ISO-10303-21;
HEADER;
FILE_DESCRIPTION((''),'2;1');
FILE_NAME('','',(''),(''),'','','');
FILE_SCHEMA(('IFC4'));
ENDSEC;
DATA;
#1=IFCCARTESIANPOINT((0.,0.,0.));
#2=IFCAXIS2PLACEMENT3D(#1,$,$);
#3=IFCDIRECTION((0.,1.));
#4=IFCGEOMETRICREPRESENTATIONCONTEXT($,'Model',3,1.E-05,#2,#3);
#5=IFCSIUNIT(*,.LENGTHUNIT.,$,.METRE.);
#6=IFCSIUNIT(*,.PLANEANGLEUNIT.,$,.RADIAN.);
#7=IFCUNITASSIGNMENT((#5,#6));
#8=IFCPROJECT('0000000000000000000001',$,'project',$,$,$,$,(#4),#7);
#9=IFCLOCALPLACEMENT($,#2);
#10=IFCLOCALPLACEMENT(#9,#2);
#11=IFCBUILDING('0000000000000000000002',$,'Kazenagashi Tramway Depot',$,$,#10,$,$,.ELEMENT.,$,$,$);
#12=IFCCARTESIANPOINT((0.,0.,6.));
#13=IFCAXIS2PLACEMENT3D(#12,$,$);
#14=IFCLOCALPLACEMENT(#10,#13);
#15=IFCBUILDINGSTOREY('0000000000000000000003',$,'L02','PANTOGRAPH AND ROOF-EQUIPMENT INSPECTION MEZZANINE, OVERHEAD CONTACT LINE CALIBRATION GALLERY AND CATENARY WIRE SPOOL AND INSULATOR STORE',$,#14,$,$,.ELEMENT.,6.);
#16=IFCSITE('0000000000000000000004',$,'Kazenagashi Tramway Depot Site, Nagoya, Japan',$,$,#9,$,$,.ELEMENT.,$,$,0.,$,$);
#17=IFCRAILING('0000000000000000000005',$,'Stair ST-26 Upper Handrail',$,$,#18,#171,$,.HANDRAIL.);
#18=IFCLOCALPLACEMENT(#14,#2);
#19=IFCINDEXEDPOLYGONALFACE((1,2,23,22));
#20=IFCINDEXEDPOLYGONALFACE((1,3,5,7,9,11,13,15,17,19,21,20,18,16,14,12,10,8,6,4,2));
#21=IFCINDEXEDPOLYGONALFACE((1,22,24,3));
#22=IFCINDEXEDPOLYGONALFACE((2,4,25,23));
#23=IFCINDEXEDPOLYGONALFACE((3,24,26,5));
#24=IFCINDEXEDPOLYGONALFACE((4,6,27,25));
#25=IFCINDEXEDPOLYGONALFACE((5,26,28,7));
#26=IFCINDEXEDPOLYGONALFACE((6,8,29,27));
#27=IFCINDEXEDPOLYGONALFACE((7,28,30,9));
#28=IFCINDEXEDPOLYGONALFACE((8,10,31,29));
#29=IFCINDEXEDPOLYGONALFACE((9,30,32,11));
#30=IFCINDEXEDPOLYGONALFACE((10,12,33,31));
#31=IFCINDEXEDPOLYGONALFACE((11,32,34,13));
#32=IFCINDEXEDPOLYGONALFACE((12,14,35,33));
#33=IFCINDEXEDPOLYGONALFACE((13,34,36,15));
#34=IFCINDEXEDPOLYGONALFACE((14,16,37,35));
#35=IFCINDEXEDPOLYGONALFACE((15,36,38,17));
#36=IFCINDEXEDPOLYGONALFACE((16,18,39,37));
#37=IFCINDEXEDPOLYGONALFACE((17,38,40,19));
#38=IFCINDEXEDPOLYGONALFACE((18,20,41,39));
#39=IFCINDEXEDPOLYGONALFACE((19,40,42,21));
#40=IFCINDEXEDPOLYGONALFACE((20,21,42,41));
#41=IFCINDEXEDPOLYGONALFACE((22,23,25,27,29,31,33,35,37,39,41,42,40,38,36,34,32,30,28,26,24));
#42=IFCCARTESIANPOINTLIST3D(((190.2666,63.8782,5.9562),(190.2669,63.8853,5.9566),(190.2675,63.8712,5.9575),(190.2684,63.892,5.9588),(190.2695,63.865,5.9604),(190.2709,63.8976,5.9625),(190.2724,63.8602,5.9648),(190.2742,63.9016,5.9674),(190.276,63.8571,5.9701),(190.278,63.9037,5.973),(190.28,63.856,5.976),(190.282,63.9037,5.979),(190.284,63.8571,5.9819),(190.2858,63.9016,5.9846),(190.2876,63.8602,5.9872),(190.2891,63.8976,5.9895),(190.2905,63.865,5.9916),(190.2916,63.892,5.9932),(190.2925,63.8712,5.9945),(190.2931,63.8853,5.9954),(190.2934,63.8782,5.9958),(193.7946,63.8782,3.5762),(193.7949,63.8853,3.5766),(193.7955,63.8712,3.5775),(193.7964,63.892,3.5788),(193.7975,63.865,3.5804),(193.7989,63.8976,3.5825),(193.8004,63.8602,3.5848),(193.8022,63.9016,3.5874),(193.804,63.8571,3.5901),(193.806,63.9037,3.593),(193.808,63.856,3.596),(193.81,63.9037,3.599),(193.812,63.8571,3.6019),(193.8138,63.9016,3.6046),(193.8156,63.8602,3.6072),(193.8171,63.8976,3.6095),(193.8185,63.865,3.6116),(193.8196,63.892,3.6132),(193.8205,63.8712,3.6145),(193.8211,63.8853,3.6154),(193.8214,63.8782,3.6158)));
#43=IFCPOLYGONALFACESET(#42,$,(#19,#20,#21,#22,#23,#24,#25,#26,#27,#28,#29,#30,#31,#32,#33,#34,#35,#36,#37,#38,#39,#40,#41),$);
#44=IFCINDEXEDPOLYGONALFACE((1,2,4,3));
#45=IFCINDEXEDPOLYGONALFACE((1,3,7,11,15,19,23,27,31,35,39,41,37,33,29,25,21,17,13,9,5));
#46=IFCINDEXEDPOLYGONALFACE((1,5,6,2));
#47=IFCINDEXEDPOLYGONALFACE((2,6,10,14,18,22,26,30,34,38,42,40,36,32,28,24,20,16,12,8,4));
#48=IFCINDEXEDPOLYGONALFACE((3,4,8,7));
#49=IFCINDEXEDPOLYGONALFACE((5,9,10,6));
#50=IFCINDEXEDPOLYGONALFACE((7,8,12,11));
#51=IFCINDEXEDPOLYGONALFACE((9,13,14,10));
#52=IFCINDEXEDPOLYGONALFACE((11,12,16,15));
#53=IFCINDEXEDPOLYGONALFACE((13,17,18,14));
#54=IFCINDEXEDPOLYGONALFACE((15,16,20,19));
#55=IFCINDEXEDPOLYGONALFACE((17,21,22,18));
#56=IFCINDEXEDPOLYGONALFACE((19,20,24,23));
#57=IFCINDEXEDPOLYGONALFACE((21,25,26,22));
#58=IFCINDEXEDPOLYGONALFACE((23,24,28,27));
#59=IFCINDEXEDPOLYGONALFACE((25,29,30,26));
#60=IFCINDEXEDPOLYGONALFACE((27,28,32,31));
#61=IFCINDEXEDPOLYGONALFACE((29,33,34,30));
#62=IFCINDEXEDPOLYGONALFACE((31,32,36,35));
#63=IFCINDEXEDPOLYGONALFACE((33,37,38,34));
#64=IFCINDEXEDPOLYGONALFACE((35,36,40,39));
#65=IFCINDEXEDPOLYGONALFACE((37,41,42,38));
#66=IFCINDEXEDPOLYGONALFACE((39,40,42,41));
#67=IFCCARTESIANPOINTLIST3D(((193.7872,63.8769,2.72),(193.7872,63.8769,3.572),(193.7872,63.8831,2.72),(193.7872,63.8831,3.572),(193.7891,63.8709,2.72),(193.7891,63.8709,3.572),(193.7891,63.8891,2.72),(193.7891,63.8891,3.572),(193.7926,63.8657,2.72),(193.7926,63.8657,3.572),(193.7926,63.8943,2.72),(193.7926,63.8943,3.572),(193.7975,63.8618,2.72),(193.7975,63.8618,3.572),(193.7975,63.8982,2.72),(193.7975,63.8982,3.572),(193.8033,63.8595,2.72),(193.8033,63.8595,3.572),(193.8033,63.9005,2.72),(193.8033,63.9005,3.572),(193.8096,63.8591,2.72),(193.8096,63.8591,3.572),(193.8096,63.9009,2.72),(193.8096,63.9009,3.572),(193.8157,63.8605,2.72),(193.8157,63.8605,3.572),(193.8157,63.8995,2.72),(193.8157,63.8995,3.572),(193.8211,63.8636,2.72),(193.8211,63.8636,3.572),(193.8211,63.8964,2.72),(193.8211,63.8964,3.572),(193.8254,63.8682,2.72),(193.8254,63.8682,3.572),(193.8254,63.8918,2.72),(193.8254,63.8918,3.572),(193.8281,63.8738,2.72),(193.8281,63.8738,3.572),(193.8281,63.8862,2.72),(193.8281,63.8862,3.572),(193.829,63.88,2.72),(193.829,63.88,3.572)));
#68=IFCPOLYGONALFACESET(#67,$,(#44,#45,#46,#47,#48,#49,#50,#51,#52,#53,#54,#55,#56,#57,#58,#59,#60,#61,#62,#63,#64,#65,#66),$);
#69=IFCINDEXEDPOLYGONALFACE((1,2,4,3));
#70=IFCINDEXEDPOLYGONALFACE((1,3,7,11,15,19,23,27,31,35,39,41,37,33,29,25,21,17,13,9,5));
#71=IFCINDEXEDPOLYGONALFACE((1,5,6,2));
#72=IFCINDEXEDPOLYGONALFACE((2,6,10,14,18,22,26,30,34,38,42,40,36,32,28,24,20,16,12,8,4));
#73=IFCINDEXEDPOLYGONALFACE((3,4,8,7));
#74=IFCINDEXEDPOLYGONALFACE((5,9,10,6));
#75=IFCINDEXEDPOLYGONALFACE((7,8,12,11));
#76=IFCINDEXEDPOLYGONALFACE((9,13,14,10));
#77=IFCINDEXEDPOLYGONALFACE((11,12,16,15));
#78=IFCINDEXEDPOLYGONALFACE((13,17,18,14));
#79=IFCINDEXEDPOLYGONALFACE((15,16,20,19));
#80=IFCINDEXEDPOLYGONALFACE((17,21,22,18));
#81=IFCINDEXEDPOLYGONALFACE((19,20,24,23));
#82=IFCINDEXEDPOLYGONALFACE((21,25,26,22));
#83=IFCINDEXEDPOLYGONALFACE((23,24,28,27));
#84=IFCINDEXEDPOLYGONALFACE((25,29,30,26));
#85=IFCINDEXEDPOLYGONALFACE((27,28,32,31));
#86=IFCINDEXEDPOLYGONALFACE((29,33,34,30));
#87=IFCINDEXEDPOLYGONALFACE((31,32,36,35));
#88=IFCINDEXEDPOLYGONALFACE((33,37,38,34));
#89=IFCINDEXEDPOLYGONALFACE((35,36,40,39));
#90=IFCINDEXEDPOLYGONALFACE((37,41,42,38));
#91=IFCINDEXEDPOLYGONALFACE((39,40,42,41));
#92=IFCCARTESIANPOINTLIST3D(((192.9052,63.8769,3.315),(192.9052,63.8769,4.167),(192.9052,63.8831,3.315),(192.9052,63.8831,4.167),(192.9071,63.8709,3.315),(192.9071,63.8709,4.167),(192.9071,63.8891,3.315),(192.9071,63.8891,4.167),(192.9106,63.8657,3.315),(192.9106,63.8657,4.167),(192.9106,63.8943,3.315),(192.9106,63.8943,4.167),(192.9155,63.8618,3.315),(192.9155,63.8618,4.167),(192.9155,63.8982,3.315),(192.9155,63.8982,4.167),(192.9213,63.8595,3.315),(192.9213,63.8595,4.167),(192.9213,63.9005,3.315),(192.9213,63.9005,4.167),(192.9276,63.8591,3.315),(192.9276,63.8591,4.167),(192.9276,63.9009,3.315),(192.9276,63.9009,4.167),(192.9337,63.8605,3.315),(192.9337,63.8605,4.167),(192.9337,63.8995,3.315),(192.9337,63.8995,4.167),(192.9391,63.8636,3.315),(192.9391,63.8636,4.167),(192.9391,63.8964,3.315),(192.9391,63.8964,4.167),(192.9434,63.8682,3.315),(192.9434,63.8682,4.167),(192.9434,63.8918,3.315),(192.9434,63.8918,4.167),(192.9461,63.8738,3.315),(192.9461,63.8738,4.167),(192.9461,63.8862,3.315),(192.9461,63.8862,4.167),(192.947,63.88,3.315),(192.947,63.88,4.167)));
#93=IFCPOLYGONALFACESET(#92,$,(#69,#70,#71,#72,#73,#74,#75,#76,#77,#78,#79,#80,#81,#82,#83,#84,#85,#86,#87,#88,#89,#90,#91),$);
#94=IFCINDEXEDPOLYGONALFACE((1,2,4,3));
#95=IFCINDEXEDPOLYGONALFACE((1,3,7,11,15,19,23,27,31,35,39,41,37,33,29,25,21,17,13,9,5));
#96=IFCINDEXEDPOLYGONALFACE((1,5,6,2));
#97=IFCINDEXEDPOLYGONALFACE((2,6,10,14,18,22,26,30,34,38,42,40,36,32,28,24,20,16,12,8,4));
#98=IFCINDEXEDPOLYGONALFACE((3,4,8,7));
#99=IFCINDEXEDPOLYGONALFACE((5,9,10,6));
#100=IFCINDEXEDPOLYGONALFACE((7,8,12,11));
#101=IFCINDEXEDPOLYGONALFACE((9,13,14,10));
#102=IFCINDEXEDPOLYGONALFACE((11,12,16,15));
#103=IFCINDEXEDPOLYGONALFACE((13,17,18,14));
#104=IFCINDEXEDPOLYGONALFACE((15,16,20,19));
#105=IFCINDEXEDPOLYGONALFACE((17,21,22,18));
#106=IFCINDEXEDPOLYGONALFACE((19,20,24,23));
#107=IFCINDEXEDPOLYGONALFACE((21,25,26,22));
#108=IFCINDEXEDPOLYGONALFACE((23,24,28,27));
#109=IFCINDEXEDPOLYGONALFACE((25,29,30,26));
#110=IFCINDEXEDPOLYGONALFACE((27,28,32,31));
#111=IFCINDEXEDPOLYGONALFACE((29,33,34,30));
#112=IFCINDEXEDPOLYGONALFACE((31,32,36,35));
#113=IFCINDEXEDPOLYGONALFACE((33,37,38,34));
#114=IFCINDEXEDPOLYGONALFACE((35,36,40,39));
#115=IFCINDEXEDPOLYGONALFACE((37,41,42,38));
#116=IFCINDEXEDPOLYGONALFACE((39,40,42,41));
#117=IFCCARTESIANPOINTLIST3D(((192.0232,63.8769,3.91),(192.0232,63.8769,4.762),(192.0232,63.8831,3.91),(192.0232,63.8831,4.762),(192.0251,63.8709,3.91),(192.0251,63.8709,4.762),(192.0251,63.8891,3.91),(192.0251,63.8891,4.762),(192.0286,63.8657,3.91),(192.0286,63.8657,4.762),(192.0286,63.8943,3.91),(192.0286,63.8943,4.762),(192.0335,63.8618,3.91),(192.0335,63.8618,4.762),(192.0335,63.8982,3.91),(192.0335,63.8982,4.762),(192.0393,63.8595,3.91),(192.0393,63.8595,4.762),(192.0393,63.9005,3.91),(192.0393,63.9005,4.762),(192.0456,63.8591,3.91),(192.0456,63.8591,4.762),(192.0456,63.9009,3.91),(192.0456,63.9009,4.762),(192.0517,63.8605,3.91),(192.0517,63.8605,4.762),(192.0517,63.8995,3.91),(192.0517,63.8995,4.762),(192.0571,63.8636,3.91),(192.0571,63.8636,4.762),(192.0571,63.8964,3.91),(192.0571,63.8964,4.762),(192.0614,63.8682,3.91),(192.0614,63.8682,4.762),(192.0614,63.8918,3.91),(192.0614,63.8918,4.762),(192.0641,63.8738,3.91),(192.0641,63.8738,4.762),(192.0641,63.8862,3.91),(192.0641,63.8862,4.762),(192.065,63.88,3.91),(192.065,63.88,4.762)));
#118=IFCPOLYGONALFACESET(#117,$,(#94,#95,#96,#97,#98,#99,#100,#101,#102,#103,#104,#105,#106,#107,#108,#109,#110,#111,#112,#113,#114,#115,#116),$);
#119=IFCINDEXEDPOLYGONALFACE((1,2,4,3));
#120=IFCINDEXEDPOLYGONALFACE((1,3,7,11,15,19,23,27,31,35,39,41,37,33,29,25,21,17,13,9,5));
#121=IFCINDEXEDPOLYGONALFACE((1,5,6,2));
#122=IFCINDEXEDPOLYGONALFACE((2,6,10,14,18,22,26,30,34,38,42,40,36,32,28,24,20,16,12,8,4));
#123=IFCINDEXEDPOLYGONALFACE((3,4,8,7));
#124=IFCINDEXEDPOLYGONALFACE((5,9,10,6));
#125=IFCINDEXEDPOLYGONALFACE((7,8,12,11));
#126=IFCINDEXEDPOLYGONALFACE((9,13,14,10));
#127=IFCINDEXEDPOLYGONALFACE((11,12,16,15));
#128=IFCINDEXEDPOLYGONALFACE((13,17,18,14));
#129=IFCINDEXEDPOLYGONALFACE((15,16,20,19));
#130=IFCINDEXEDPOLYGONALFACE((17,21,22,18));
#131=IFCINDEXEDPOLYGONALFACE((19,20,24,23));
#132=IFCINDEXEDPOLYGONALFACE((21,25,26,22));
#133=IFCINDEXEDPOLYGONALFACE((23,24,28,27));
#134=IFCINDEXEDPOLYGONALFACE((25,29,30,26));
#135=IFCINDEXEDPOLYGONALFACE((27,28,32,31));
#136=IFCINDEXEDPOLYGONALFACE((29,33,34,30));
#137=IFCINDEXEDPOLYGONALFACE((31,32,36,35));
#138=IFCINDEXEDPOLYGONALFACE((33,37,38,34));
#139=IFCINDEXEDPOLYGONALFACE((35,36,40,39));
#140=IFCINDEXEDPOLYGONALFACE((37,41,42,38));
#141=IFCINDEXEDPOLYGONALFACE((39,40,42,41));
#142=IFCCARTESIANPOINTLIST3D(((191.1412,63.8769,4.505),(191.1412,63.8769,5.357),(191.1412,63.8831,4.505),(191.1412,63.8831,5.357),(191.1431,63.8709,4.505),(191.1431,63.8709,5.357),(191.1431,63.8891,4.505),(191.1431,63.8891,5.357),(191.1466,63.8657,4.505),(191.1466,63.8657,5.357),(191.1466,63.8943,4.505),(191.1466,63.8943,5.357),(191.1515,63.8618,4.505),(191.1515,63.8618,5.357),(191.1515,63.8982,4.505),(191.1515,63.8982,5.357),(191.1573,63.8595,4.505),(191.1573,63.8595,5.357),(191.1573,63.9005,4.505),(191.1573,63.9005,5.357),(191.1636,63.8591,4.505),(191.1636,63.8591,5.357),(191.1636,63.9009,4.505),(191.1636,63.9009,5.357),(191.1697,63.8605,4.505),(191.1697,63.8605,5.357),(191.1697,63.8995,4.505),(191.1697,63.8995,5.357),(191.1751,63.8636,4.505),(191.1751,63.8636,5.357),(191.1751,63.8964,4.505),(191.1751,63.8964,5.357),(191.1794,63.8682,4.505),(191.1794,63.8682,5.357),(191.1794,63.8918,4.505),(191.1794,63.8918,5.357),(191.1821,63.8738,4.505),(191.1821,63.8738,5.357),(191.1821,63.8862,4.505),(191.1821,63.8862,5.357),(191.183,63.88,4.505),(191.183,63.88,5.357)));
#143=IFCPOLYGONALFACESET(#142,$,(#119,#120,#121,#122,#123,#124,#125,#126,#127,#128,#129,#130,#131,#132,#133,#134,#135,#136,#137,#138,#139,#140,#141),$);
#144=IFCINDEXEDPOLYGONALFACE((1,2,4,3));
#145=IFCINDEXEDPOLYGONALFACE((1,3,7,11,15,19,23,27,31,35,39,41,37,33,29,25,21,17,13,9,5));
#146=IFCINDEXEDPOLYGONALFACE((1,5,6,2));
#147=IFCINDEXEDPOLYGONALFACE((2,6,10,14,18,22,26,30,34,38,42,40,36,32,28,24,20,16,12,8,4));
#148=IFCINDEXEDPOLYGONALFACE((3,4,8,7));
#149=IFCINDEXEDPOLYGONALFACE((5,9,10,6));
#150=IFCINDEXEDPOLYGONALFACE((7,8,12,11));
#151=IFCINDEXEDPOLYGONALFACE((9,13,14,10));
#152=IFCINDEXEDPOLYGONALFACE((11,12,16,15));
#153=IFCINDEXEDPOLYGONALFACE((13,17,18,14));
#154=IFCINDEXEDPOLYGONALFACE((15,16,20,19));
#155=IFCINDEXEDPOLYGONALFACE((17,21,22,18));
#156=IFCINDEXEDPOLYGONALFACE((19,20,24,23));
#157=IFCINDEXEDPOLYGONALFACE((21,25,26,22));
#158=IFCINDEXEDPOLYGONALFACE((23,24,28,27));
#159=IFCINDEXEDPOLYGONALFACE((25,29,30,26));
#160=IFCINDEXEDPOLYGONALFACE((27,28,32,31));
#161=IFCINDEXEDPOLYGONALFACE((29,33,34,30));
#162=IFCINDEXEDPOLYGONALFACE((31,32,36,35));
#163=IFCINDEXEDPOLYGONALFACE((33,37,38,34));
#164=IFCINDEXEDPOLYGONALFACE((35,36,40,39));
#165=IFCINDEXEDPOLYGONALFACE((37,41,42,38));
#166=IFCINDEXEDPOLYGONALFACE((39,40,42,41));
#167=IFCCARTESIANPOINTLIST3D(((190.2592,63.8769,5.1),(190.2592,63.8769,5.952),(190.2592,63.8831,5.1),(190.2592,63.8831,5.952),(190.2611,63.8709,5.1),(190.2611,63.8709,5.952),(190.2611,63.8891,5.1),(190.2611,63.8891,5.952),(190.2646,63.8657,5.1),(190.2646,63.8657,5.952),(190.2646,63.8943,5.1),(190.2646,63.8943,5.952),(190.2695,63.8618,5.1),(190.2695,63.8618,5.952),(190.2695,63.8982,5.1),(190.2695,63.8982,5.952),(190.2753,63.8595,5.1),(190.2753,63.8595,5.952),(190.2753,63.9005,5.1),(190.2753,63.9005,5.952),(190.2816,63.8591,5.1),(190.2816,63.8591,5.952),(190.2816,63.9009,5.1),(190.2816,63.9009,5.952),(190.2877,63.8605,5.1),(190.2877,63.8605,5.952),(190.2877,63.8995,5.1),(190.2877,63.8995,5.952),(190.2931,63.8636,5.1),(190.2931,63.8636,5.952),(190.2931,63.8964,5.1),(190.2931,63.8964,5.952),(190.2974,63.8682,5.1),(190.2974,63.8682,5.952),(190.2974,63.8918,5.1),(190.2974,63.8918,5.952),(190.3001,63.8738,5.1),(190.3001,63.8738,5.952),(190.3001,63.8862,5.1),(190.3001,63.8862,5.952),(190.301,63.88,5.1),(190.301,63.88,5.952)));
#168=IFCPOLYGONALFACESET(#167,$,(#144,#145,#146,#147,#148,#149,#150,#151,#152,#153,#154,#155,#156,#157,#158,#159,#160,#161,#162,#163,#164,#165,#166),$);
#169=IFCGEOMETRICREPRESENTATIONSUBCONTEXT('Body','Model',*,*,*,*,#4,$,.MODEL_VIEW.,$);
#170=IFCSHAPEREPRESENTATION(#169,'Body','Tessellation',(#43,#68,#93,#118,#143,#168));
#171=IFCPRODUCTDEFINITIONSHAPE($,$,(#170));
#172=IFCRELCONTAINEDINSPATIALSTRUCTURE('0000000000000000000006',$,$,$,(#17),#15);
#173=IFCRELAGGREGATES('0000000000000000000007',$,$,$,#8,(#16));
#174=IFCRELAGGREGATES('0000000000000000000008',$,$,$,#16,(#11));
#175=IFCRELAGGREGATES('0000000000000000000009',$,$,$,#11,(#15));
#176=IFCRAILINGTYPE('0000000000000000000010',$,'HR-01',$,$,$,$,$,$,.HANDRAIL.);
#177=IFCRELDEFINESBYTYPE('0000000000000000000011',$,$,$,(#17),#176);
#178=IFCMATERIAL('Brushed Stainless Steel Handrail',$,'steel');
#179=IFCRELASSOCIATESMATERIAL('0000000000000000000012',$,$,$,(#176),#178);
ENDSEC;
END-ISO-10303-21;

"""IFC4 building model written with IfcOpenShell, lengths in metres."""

from ifc_helpers import new_model, si_unit, direction, frame, origin, origin_2d, place, context, subcontext, project, spatial, circle, extrude, material, type_object, element, save


model = new_model("IFC4")

# Units and contexts
model_context = context("Model", 3, precision=1e-05, world=origin(), true_north=direction((0.0, 1.0)))
body_context = subcontext(model_context, "Body", "Model", "MODEL_VIEW")
ifc_project = project(units=[si_unit("LENGTHUNIT", "METRE"), si_unit("PLANEANGLEUNIT", "RADIAN")], contexts=[model_context])

# Site, building, storey
site_placement = place(None, origin())
site = spatial("IfcSite", under=ifc_project, at=site_placement, Name="Kazenagashi Tramway Depot Site, Nagoya, Japan", CompositionType="ELEMENT", RefElevation=0.0)
building_placement = place(site_placement, origin())
building = spatial("IfcBuilding", under=site, at=building_placement, Name="Kazenagashi Tramway Depot", CompositionType="ELEMENT")
storey_placement = place(building_placement, frame((0.0, 0.0, 6.0)))
storey = spatial("IfcBuildingStorey", under=building, at=storey_placement, Name="L02", Description="PANTOGRAPH AND ROOF-EQUIPMENT INSPECTION MEZZANINE, OVERHEAD CONTACT LINE CALIBRATION GALLERY AND CATENARY WIRE SPOOL AND INSULATOR STORE", CompositionType="ELEMENT", Elevation=6.0)

# Railing
ifc_material_1 = material(Name="Brushed Stainless Steel Handrail", Category="steel")
railing_type = type_object("IfcRailingType", Name="HR-01", PredefinedType="HANDRAIL", material=ifc_material_1)
railing_1_placement = place(storey_placement, frame((193.808, 63.88, 2.72)))
element("IfcRailing", 1, at=railing_1_placement, inside=storey, type_object=railing_type, Name="Stair ST-26 Upper Handrail", PredefinedType="HANDRAIL", context=body_context, shape_type="SweptSolid", body=[
    extrude(circle(Radius=0.024, at=origin_2d()), frame((0.0, 0.0, 0.876), z_axis=(-0.829001, 0.0, 0.559247), x_axis=(0.0, -1.0, 0.0)), (0.0, 0.0, 1.0), 4.2557),
    extrude(circle(Radius=0.021, at=origin_2d()), origin(), (0.0, 0.0, 1.0), 0.852),
    extrude(circle(Radius=0.021, at=origin_2d()), frame((-0.882, 0.0, 0.595)), (0.0, 0.0, 1.0), 0.852),
    extrude(circle(Radius=0.021, at=origin_2d()), frame((-1.764, 0.0, 1.19)), (0.0, 0.0, 1.0), 0.852),
    extrude(circle(Radius=0.021, at=origin_2d()), frame((-2.646, 0.0, 1.785)), (0.0, 0.0, 1.0), 0.852),
    extrude(circle(Radius=0.021, at=origin_2d()), frame((-3.528, 0.0, 2.38)), (0.0, 0.0, 1.0), 0.852),
])

save(model, "model.ifc")
